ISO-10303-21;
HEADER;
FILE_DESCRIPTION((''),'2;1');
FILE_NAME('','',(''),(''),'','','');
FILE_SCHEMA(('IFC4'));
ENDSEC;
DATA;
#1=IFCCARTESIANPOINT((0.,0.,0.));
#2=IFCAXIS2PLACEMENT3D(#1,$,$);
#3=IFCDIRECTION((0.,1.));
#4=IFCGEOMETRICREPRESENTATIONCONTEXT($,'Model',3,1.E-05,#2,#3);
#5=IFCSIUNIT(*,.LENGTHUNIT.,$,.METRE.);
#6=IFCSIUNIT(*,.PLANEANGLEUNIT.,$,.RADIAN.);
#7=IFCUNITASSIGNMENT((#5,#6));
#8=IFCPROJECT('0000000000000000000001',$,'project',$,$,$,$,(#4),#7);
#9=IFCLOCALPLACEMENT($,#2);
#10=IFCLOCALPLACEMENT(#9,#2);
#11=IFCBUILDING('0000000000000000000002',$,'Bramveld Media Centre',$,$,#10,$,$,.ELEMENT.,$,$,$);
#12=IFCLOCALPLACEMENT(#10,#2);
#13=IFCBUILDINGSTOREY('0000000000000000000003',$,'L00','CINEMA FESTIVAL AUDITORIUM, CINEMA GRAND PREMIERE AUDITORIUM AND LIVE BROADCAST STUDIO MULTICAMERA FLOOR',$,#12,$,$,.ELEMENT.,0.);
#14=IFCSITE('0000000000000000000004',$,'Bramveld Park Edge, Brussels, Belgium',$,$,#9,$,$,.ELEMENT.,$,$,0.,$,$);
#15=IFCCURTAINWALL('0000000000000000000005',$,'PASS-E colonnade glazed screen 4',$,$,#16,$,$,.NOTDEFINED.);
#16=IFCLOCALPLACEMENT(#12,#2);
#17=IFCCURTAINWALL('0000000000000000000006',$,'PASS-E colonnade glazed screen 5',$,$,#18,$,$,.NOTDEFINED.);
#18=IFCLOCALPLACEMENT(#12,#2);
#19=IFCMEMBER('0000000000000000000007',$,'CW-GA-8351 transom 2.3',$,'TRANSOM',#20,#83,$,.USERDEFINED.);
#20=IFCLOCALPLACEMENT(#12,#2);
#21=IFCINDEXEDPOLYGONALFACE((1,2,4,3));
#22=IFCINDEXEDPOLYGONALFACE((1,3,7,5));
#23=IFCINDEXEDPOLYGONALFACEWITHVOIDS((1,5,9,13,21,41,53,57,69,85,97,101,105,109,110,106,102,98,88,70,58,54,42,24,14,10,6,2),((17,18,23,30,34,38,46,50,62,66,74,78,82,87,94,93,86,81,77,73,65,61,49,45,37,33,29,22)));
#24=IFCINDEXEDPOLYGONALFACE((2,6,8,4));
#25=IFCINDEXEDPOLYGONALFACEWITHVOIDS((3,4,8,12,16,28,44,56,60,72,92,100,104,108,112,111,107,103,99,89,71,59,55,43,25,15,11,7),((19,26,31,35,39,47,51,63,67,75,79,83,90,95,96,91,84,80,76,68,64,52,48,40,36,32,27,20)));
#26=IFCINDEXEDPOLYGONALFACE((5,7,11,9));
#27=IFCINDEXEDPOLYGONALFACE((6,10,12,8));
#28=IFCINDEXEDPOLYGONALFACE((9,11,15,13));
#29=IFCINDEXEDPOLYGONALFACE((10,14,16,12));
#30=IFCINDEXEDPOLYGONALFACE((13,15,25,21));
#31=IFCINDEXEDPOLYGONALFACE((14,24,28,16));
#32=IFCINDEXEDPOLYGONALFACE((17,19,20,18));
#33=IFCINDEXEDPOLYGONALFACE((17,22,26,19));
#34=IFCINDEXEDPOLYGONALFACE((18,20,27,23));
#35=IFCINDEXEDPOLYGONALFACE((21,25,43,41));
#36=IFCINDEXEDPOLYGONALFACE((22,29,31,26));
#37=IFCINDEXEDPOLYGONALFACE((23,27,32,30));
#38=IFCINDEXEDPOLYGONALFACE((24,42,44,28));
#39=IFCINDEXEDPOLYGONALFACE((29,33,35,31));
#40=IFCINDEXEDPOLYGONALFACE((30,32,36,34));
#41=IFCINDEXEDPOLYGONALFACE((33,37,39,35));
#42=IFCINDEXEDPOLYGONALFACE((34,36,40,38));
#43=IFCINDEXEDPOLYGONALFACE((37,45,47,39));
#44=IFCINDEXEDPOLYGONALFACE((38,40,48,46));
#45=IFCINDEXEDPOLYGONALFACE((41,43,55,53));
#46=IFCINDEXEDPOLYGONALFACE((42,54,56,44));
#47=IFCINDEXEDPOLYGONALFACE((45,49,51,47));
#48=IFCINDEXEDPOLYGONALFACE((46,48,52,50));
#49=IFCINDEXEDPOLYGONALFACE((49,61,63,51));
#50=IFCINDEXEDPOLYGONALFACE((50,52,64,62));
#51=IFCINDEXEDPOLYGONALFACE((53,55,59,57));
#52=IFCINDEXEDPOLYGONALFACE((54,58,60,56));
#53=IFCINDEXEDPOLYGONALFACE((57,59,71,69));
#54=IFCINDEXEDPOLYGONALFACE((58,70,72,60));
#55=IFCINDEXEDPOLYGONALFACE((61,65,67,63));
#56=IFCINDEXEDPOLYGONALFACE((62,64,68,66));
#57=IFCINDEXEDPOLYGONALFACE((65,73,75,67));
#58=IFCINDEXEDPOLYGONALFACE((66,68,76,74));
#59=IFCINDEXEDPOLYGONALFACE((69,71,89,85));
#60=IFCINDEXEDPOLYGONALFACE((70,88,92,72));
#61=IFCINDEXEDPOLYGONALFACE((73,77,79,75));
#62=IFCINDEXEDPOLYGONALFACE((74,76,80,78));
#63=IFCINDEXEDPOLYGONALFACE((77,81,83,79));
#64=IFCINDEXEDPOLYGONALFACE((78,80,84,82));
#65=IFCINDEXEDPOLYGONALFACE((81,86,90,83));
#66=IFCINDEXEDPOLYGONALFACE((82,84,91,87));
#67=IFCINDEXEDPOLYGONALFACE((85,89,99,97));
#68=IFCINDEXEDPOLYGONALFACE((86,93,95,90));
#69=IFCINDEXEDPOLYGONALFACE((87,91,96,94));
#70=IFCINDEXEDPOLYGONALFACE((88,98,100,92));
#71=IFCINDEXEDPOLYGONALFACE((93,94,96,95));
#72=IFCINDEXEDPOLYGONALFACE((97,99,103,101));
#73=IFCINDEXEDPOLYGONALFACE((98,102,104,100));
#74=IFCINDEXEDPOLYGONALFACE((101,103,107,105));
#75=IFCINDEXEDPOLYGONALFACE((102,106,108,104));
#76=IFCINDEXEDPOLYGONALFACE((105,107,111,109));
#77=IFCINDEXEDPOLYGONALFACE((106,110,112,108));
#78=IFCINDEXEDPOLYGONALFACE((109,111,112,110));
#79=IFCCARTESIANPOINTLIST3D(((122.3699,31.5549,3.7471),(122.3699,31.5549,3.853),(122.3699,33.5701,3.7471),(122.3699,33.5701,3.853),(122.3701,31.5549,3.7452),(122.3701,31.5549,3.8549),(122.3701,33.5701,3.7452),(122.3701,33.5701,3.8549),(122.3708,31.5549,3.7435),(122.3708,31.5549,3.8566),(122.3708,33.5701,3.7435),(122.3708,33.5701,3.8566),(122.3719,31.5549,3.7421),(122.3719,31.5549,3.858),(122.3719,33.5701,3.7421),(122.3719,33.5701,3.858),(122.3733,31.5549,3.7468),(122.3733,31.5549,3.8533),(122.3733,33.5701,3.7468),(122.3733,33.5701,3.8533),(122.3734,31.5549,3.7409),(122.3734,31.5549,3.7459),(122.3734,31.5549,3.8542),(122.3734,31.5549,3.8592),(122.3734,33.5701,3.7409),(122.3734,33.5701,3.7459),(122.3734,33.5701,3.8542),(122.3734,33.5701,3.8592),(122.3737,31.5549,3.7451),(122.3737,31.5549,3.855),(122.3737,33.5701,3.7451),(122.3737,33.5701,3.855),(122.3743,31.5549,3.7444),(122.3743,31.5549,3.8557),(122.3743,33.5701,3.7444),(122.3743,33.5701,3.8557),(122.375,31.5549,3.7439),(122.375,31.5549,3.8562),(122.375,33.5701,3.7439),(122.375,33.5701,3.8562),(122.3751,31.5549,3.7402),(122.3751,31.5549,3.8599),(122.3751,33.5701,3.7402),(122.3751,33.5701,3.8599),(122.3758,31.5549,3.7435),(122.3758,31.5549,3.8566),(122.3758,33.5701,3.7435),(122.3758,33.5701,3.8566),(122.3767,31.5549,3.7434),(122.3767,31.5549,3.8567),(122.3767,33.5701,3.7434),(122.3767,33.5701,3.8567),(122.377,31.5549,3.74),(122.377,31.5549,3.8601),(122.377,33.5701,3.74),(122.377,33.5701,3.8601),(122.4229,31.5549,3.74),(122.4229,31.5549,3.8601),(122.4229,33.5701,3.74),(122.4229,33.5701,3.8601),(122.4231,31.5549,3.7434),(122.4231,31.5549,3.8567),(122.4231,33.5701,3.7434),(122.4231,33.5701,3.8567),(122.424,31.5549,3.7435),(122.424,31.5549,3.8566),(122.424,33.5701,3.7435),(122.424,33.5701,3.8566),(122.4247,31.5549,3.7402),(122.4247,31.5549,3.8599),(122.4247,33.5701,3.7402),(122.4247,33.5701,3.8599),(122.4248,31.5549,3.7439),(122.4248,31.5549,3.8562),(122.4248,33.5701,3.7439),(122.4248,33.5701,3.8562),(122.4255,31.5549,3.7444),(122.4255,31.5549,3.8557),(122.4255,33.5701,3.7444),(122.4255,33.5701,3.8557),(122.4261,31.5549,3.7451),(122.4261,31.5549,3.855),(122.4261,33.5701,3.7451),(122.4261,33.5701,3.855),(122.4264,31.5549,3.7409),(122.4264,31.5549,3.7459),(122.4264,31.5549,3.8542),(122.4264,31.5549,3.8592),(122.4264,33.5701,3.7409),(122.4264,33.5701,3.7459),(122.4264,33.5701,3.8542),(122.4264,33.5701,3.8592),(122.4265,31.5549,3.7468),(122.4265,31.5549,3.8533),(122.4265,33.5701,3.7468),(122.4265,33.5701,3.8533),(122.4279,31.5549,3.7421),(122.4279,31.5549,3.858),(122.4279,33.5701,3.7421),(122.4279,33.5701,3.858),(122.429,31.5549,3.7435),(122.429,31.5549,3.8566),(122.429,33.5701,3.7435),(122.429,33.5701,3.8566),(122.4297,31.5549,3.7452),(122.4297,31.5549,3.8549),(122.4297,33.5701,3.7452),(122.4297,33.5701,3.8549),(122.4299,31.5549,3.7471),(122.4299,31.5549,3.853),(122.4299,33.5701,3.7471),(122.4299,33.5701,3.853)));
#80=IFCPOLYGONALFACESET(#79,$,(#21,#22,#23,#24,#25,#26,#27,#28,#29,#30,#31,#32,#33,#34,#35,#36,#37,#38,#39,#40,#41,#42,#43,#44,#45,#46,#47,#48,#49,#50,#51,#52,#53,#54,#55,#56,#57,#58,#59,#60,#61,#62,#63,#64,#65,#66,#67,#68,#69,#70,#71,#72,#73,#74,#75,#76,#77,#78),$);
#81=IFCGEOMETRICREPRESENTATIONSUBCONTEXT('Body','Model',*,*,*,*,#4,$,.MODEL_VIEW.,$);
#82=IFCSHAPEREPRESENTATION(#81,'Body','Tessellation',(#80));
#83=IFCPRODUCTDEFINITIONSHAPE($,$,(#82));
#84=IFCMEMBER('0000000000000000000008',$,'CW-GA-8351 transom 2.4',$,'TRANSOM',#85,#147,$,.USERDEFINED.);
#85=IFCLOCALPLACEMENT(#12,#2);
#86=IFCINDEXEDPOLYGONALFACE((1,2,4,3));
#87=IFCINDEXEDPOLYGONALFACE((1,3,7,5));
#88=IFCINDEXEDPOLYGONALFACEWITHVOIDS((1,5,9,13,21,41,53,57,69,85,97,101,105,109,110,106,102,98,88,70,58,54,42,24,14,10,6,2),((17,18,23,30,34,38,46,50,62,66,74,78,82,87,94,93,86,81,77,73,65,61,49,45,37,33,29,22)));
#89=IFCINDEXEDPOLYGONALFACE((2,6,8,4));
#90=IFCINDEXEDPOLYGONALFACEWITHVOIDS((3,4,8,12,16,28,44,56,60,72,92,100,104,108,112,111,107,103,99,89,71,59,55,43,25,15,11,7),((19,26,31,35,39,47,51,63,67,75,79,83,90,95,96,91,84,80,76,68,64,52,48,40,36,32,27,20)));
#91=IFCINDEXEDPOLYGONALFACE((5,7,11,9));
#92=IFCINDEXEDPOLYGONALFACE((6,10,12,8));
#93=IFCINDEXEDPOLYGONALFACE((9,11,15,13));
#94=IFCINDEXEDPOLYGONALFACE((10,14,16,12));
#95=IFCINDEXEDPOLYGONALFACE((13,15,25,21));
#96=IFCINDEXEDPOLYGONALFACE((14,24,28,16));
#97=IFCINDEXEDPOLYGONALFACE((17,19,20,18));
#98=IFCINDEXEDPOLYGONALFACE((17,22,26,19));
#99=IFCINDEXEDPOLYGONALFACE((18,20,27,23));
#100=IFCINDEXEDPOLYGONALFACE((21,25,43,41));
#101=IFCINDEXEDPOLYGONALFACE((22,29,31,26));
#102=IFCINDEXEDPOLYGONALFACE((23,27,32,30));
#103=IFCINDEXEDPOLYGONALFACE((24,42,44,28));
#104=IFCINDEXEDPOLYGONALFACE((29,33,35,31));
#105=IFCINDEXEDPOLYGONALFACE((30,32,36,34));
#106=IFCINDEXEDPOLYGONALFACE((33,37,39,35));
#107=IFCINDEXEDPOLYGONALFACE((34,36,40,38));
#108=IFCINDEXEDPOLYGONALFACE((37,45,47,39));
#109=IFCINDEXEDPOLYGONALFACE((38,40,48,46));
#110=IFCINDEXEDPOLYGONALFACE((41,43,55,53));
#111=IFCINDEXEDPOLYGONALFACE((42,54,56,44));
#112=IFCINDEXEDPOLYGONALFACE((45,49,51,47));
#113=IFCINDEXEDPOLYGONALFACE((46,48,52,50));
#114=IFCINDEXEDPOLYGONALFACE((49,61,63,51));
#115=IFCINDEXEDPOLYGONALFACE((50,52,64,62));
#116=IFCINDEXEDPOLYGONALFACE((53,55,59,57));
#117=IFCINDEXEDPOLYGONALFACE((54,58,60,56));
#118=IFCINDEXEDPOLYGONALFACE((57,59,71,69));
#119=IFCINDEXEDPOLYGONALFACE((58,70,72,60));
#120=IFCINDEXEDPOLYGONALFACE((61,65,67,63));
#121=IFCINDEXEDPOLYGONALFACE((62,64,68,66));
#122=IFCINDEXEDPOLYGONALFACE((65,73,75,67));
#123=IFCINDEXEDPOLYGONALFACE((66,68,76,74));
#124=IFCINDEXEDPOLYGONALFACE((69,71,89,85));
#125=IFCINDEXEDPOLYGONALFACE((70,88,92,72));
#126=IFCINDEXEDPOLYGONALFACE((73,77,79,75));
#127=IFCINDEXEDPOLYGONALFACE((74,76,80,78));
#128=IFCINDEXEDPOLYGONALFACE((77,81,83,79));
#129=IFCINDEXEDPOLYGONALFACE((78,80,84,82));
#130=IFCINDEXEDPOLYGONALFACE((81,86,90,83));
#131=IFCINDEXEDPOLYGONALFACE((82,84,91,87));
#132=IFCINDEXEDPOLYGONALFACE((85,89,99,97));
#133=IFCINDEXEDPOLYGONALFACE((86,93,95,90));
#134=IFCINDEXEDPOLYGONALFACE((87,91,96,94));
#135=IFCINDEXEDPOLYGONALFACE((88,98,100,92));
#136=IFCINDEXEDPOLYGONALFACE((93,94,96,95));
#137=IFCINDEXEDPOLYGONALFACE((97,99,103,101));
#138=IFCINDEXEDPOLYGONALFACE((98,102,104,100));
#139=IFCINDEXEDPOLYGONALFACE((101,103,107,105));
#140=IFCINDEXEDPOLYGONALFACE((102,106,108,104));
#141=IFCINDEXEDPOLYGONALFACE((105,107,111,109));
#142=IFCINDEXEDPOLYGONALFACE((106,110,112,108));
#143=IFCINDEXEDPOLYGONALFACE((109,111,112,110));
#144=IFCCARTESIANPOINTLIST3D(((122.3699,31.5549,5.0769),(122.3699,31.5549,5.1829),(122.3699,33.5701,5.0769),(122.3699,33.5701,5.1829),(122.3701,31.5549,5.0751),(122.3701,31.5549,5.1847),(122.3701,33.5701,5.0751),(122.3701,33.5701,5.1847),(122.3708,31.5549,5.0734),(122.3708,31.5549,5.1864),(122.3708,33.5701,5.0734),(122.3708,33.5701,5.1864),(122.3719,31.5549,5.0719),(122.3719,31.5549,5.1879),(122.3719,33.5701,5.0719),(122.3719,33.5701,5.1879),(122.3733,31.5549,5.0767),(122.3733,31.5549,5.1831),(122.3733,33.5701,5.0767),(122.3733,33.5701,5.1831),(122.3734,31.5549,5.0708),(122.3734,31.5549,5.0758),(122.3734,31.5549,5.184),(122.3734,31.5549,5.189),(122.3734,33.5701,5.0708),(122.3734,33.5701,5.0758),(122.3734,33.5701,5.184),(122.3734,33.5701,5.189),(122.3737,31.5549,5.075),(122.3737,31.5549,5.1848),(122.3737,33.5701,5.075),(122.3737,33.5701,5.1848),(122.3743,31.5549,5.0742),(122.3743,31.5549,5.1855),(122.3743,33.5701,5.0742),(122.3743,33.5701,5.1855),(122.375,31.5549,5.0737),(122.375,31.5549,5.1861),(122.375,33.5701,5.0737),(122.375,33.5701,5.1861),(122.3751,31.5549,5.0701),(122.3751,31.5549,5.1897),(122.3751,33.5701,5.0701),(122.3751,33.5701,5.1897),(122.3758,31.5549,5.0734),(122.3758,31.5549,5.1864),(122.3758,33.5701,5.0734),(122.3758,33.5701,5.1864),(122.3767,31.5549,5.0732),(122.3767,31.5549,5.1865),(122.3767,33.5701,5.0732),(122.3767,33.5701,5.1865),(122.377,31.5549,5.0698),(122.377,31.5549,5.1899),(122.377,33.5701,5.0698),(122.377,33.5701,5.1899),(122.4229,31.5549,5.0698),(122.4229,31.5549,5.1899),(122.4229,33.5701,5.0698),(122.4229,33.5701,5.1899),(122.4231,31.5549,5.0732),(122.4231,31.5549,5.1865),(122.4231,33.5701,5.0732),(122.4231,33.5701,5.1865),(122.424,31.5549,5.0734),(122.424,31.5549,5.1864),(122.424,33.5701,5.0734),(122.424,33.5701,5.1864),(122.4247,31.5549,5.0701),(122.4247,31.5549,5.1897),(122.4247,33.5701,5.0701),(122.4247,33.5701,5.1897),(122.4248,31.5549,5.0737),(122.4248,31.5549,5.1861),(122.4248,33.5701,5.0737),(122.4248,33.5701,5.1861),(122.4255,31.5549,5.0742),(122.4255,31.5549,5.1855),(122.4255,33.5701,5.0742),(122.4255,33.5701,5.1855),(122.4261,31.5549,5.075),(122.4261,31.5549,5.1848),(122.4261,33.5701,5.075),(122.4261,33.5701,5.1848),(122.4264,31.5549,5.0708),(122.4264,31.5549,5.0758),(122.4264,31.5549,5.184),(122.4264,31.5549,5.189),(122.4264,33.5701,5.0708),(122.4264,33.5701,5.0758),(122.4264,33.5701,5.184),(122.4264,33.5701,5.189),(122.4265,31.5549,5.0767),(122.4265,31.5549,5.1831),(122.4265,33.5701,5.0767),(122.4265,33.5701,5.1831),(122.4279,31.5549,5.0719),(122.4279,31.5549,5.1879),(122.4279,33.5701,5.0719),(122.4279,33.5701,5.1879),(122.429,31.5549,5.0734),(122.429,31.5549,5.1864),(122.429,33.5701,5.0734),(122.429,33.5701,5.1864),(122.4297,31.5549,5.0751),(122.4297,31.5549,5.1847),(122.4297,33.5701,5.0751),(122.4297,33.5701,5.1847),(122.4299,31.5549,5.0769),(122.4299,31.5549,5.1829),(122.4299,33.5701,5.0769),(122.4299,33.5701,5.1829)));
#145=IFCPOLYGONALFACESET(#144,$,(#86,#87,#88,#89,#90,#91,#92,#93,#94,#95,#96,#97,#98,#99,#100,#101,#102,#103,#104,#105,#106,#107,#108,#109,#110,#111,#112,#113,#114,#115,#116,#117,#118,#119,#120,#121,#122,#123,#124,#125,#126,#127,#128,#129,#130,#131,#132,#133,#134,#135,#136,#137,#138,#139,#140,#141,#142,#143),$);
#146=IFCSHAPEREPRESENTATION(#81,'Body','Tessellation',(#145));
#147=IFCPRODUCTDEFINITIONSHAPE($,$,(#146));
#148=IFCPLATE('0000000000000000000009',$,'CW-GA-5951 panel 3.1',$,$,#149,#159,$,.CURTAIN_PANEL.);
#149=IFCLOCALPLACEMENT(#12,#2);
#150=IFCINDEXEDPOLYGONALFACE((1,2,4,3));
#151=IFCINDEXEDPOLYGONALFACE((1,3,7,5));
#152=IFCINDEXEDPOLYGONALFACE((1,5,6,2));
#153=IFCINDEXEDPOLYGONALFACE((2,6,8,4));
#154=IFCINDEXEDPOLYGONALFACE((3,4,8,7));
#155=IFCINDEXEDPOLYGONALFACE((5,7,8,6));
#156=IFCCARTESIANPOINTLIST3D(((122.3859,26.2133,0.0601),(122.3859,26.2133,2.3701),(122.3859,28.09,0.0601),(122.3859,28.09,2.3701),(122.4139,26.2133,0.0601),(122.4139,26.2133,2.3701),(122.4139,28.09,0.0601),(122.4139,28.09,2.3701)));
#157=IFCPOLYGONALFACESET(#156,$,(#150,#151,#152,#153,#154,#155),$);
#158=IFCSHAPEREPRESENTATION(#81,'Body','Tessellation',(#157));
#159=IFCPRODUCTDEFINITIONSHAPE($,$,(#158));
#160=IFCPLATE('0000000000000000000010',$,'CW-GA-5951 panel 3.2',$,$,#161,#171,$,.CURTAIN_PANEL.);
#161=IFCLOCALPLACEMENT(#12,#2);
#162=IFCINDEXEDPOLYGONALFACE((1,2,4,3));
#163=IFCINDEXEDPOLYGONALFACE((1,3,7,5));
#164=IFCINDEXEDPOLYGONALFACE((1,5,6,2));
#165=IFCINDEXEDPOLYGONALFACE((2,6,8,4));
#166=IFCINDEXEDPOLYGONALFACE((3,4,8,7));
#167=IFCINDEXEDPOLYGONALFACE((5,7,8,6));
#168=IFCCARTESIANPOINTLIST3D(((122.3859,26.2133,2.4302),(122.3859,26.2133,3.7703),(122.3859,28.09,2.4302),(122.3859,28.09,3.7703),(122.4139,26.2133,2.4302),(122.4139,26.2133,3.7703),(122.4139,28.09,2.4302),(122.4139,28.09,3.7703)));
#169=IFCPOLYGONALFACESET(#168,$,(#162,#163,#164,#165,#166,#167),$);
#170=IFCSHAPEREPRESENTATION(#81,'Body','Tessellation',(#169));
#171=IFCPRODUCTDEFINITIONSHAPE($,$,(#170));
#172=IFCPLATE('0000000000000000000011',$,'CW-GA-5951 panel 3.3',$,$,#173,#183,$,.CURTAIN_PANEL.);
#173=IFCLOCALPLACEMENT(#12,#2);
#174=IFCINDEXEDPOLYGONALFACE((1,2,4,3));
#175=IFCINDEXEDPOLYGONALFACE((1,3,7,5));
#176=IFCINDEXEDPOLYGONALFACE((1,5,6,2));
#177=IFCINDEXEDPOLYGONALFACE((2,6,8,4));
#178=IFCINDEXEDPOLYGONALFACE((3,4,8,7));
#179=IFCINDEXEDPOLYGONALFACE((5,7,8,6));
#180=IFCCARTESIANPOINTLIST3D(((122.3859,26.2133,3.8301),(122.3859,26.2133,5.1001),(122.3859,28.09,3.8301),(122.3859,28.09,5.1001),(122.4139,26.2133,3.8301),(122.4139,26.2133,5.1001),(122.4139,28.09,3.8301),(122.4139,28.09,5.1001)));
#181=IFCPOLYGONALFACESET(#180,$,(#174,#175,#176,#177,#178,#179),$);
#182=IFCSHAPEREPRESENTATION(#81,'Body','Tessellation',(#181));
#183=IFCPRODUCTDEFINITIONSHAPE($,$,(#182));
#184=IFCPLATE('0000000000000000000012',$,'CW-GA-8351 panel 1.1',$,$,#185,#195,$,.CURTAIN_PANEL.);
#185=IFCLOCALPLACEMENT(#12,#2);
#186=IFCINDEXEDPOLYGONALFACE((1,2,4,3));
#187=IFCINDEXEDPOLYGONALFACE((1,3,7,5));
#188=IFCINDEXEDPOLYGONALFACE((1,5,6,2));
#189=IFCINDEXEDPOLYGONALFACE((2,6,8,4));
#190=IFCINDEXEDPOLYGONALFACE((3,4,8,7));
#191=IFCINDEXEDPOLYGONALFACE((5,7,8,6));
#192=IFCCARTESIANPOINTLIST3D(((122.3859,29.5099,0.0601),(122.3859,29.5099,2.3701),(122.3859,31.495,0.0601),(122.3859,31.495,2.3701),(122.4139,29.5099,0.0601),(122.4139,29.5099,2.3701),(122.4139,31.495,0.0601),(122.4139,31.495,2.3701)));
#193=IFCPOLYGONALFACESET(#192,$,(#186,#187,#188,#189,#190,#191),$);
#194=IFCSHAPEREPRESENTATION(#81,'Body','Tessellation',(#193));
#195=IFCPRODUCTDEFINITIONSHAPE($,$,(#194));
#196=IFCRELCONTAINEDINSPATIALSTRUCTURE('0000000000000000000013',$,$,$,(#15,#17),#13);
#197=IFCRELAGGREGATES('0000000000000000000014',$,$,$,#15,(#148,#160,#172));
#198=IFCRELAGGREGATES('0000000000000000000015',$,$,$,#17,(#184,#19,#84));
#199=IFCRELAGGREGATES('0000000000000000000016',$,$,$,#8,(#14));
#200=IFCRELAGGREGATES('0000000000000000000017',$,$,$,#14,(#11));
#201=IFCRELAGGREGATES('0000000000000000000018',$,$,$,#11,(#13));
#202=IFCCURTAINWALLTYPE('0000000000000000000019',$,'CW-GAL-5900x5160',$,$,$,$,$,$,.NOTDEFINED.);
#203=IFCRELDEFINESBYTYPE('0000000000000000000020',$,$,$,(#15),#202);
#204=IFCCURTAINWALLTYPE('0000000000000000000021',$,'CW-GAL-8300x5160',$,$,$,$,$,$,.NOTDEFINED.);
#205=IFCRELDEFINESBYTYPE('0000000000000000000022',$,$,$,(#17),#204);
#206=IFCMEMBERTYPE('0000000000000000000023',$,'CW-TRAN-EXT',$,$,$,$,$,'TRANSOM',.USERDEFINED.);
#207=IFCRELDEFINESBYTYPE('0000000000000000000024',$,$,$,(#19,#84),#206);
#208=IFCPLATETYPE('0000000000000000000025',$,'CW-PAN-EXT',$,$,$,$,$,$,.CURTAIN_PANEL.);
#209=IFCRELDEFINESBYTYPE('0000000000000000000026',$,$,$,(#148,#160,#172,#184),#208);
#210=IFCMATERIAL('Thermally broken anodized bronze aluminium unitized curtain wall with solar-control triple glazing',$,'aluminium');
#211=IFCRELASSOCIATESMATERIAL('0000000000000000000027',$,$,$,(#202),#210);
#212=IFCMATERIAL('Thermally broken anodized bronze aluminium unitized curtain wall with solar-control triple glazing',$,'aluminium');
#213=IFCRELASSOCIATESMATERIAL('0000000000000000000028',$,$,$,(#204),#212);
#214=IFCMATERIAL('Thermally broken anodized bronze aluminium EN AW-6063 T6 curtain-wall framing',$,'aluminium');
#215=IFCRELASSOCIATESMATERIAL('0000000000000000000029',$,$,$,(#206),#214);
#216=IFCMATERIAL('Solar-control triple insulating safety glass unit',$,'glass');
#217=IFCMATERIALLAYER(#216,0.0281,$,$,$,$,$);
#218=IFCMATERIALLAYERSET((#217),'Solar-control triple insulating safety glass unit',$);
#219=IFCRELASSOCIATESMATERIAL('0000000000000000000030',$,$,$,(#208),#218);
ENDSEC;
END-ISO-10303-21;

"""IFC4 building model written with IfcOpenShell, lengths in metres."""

from ifc_helpers import new_model, si_unit, direction, frame, origin, origin_2d, place, context, subcontext, project, spatial, rectangle, hollow_rectangle, extrude, material, layer, layer_set, material_profile, profile_set, type_object, element, aggregate, save


model = new_model("IFC4")

# Units and contexts
model_context = context("Model", 3, precision=1e-05, world=origin(), true_north=direction((0.0, 1.0)))
body_context = subcontext(model_context, "Body", "Model", "MODEL_VIEW")
ifc_project = project(units=[si_unit("LENGTHUNIT", "METRE"), si_unit("PLANEANGLEUNIT", "RADIAN")], contexts=[model_context])

# Site, building, storey
site_placement = place(None, origin())
site = spatial("IfcSite", under=ifc_project, at=site_placement, Name="Bramveld Park Edge, Brussels, Belgium", CompositionType="ELEMENT", RefElevation=0.0)
building_placement = place(site_placement, origin())
building = spatial("IfcBuilding", under=site, at=building_placement, Name="Bramveld Media Centre", CompositionType="ELEMENT")
storey_placement = place(building_placement, origin())
storey = spatial("IfcBuildingStorey", under=building, at=storey_placement, Name="L00", Description="CINEMA FESTIVAL AUDITORIUM, CINEMA GRAND PREMIERE AUDITORIUM AND LIVE BROADCAST STUDIO MULTICAMERA FLOOR", CompositionType="ELEMENT", Elevation=0.0)

# Curtain wall
ifc_material_1 = material(Name="Thermally broken anodized bronze aluminium unitized curtain wall with solar-control triple glazing", Category="aluminium")
curtain_wall_type_1 = type_object("IfcCurtainWallType", Name="CW-GAL-5900x5160", PredefinedType="NOTDEFINED", material=ifc_material_1)
curtain_wall_1_placement = place(storey_placement, origin())
curtain_wall_1 = element("IfcCurtainWall", 1, at=curtain_wall_1_placement, inside=storey, type_object=curtain_wall_type_1, Name="PASS-E colonnade glazed screen 4", PredefinedType="NOTDEFINED")

# Curtain wall
ifc_material_2 = material(Name="Thermally broken anodized bronze aluminium unitized curtain wall with solar-control triple glazing", Category="aluminium")
curtain_wall_type_2 = type_object("IfcCurtainWallType", Name="CW-GAL-8300x5160", PredefinedType="NOTDEFINED", material=ifc_material_2)
curtain_wall_2_placement = place(storey_placement, origin())
curtain_wall_2 = element("IfcCurtainWall", 2, at=curtain_wall_2_placement, inside=storey, type_object=curtain_wall_type_2, Name="PASS-E colonnade glazed screen 5", PredefinedType="NOTDEFINED")

# Shared definitions
ifc_material_3 = material(Name="Thermally broken anodized bronze aluminium EN AW-6063 T6 curtain-wall framing", Category="aluminium")
ifc_material_profile_1 = material_profile(ifc_material_3, hollow_rectangle(XDim=0.0601, YDim=0.1201, WallThickness=0.0034, InnerFilletRadius=0.0034, OuterFilletRadius=0.0071, at=origin_2d()), Name="AL-TRAN 60x120")
ifc_profile_set_1 = profile_set([ifc_material_profile_1], Name="Thermally broken anodized bronze aluminium EN AW-6063 T6 curtain-wall framing")
member_type_1 = type_object("IfcMemberType", Name="CW-TRAN-EXT", ElementType="TRANSOM", PredefinedType="USERDEFINED", material=ifc_profile_set_1)

# Members
member_1_placement = place(storey_placement, frame((122.3999, 31.5549, 3.8), z_axis=(0.0, 1.0, 0.0), x_axis=(-1.0, 0.0, 0.0)))
member_1 = element("IfcMember", 3, at=member_1_placement, type_object=member_type_1, Name="CW-GA-8351 transom 2.3", ObjectType="TRANSOM", PredefinedType="USERDEFINED", context=body_context, shape_type="SweptSolid", body=[
    extrude(hollow_rectangle(XDim=0.0601, YDim=0.1201, WallThickness=0.0034, InnerFilletRadius=0.0034, OuterFilletRadius=0.0071, at=origin_2d()), origin(), (0.0, 0.0, 1.0), 2.0151),
])
member_2_placement = place(storey_placement, frame((122.3999, 31.5549, 5.1299), z_axis=(0.0, 1.0, 0.0), x_axis=(-1.0, 0.0, 0.0)))
member_2 = element("IfcMember", 4, at=member_2_placement, type_object=member_type_1, Name="CW-GA-8351 transom 2.4", ObjectType="TRANSOM", PredefinedType="USERDEFINED", context=body_context, shape_type="SweptSolid", body=[
    extrude(hollow_rectangle(XDim=0.0601, YDim=0.1201, WallThickness=0.0034, InnerFilletRadius=0.0034, OuterFilletRadius=0.0071, at=origin_2d()), origin(), (0.0, 0.0, 1.0), 2.0151),
])

# Plates
ifc_material_4 = material(Name="Solar-control triple insulating safety glass unit", Category="glass")
ifc_layer = layer(ifc_material_4, 0.0281)
ifc_layer_set = layer_set([ifc_layer], Name="Solar-control triple insulating safety glass unit")
plate_type = type_object("IfcPlateType", Name="CW-PAN-EXT", PredefinedType="CURTAIN_PANEL", material=ifc_layer_set)
plate_1_placement = place(storey_placement, frame((122.3999, 27.1516, 0.0601), z_axis=(0.0, 0.0, 1.0), x_axis=(0.0, 1.0, 0.0)))
plate_1 = element("IfcPlate", 5, at=plate_1_placement, type_object=plate_type, Name="CW-GA-5951 panel 3.1", PredefinedType="CURTAIN_PANEL", context=body_context, shape_type="SweptSolid", body=[
    extrude(rectangle(XDim=1.8767, YDim=0.0281, at=origin_2d()), origin(), (0.0, 0.0, 1.0), 2.3101),
])
plate_2_placement = place(storey_placement, frame((122.3999, 27.1516, 2.4302), z_axis=(0.0, 0.0, 1.0), x_axis=(0.0, 1.0, 0.0)))
plate_2 = element("IfcPlate", 6, at=plate_2_placement, type_object=plate_type, Name="CW-GA-5951 panel 3.2", PredefinedType="CURTAIN_PANEL", context=body_context, shape_type="SweptSolid", body=[
    extrude(rectangle(XDim=1.8767, YDim=0.0281, at=origin_2d()), origin(), (0.0, 0.0, 1.0), 1.3401),
])
plate_3_placement = place(storey_placement, frame((122.3999, 27.1516, 3.8301), z_axis=(0.0, 0.0, 1.0), x_axis=(0.0, 1.0, 0.0)))
plate_3 = element("IfcPlate", 7, at=plate_3_placement, type_object=plate_type, Name="CW-GA-5951 panel 3.3", PredefinedType="CURTAIN_PANEL", context=body_context, shape_type="SweptSolid", body=[
    extrude(rectangle(XDim=1.8767, YDim=0.0281, at=origin_2d()), origin(), (0.0, 0.0, 1.0), 1.27),
])
aggregate(curtain_wall_1, [plate_1, plate_2, plate_3])
plate_4_placement = place(storey_placement, frame((122.3999, 30.5024, 0.0601), z_axis=(0.0, 0.0, 1.0), x_axis=(0.0, 1.0, 0.0)))
plate_4 = element("IfcPlate", 8, at=plate_4_placement, type_object=plate_type, Name="CW-GA-8351 panel 1.1", PredefinedType="CURTAIN_PANEL", context=body_context, shape_type="SweptSolid", body=[
    extrude(rectangle(XDim=1.9851, YDim=0.0281, at=origin_2d()), origin(), (0.0, 0.0, 1.0), 2.3101),
])
aggregate(curtain_wall_2, [plate_4, member_1, member_2])

save(model, "model.ifc")
